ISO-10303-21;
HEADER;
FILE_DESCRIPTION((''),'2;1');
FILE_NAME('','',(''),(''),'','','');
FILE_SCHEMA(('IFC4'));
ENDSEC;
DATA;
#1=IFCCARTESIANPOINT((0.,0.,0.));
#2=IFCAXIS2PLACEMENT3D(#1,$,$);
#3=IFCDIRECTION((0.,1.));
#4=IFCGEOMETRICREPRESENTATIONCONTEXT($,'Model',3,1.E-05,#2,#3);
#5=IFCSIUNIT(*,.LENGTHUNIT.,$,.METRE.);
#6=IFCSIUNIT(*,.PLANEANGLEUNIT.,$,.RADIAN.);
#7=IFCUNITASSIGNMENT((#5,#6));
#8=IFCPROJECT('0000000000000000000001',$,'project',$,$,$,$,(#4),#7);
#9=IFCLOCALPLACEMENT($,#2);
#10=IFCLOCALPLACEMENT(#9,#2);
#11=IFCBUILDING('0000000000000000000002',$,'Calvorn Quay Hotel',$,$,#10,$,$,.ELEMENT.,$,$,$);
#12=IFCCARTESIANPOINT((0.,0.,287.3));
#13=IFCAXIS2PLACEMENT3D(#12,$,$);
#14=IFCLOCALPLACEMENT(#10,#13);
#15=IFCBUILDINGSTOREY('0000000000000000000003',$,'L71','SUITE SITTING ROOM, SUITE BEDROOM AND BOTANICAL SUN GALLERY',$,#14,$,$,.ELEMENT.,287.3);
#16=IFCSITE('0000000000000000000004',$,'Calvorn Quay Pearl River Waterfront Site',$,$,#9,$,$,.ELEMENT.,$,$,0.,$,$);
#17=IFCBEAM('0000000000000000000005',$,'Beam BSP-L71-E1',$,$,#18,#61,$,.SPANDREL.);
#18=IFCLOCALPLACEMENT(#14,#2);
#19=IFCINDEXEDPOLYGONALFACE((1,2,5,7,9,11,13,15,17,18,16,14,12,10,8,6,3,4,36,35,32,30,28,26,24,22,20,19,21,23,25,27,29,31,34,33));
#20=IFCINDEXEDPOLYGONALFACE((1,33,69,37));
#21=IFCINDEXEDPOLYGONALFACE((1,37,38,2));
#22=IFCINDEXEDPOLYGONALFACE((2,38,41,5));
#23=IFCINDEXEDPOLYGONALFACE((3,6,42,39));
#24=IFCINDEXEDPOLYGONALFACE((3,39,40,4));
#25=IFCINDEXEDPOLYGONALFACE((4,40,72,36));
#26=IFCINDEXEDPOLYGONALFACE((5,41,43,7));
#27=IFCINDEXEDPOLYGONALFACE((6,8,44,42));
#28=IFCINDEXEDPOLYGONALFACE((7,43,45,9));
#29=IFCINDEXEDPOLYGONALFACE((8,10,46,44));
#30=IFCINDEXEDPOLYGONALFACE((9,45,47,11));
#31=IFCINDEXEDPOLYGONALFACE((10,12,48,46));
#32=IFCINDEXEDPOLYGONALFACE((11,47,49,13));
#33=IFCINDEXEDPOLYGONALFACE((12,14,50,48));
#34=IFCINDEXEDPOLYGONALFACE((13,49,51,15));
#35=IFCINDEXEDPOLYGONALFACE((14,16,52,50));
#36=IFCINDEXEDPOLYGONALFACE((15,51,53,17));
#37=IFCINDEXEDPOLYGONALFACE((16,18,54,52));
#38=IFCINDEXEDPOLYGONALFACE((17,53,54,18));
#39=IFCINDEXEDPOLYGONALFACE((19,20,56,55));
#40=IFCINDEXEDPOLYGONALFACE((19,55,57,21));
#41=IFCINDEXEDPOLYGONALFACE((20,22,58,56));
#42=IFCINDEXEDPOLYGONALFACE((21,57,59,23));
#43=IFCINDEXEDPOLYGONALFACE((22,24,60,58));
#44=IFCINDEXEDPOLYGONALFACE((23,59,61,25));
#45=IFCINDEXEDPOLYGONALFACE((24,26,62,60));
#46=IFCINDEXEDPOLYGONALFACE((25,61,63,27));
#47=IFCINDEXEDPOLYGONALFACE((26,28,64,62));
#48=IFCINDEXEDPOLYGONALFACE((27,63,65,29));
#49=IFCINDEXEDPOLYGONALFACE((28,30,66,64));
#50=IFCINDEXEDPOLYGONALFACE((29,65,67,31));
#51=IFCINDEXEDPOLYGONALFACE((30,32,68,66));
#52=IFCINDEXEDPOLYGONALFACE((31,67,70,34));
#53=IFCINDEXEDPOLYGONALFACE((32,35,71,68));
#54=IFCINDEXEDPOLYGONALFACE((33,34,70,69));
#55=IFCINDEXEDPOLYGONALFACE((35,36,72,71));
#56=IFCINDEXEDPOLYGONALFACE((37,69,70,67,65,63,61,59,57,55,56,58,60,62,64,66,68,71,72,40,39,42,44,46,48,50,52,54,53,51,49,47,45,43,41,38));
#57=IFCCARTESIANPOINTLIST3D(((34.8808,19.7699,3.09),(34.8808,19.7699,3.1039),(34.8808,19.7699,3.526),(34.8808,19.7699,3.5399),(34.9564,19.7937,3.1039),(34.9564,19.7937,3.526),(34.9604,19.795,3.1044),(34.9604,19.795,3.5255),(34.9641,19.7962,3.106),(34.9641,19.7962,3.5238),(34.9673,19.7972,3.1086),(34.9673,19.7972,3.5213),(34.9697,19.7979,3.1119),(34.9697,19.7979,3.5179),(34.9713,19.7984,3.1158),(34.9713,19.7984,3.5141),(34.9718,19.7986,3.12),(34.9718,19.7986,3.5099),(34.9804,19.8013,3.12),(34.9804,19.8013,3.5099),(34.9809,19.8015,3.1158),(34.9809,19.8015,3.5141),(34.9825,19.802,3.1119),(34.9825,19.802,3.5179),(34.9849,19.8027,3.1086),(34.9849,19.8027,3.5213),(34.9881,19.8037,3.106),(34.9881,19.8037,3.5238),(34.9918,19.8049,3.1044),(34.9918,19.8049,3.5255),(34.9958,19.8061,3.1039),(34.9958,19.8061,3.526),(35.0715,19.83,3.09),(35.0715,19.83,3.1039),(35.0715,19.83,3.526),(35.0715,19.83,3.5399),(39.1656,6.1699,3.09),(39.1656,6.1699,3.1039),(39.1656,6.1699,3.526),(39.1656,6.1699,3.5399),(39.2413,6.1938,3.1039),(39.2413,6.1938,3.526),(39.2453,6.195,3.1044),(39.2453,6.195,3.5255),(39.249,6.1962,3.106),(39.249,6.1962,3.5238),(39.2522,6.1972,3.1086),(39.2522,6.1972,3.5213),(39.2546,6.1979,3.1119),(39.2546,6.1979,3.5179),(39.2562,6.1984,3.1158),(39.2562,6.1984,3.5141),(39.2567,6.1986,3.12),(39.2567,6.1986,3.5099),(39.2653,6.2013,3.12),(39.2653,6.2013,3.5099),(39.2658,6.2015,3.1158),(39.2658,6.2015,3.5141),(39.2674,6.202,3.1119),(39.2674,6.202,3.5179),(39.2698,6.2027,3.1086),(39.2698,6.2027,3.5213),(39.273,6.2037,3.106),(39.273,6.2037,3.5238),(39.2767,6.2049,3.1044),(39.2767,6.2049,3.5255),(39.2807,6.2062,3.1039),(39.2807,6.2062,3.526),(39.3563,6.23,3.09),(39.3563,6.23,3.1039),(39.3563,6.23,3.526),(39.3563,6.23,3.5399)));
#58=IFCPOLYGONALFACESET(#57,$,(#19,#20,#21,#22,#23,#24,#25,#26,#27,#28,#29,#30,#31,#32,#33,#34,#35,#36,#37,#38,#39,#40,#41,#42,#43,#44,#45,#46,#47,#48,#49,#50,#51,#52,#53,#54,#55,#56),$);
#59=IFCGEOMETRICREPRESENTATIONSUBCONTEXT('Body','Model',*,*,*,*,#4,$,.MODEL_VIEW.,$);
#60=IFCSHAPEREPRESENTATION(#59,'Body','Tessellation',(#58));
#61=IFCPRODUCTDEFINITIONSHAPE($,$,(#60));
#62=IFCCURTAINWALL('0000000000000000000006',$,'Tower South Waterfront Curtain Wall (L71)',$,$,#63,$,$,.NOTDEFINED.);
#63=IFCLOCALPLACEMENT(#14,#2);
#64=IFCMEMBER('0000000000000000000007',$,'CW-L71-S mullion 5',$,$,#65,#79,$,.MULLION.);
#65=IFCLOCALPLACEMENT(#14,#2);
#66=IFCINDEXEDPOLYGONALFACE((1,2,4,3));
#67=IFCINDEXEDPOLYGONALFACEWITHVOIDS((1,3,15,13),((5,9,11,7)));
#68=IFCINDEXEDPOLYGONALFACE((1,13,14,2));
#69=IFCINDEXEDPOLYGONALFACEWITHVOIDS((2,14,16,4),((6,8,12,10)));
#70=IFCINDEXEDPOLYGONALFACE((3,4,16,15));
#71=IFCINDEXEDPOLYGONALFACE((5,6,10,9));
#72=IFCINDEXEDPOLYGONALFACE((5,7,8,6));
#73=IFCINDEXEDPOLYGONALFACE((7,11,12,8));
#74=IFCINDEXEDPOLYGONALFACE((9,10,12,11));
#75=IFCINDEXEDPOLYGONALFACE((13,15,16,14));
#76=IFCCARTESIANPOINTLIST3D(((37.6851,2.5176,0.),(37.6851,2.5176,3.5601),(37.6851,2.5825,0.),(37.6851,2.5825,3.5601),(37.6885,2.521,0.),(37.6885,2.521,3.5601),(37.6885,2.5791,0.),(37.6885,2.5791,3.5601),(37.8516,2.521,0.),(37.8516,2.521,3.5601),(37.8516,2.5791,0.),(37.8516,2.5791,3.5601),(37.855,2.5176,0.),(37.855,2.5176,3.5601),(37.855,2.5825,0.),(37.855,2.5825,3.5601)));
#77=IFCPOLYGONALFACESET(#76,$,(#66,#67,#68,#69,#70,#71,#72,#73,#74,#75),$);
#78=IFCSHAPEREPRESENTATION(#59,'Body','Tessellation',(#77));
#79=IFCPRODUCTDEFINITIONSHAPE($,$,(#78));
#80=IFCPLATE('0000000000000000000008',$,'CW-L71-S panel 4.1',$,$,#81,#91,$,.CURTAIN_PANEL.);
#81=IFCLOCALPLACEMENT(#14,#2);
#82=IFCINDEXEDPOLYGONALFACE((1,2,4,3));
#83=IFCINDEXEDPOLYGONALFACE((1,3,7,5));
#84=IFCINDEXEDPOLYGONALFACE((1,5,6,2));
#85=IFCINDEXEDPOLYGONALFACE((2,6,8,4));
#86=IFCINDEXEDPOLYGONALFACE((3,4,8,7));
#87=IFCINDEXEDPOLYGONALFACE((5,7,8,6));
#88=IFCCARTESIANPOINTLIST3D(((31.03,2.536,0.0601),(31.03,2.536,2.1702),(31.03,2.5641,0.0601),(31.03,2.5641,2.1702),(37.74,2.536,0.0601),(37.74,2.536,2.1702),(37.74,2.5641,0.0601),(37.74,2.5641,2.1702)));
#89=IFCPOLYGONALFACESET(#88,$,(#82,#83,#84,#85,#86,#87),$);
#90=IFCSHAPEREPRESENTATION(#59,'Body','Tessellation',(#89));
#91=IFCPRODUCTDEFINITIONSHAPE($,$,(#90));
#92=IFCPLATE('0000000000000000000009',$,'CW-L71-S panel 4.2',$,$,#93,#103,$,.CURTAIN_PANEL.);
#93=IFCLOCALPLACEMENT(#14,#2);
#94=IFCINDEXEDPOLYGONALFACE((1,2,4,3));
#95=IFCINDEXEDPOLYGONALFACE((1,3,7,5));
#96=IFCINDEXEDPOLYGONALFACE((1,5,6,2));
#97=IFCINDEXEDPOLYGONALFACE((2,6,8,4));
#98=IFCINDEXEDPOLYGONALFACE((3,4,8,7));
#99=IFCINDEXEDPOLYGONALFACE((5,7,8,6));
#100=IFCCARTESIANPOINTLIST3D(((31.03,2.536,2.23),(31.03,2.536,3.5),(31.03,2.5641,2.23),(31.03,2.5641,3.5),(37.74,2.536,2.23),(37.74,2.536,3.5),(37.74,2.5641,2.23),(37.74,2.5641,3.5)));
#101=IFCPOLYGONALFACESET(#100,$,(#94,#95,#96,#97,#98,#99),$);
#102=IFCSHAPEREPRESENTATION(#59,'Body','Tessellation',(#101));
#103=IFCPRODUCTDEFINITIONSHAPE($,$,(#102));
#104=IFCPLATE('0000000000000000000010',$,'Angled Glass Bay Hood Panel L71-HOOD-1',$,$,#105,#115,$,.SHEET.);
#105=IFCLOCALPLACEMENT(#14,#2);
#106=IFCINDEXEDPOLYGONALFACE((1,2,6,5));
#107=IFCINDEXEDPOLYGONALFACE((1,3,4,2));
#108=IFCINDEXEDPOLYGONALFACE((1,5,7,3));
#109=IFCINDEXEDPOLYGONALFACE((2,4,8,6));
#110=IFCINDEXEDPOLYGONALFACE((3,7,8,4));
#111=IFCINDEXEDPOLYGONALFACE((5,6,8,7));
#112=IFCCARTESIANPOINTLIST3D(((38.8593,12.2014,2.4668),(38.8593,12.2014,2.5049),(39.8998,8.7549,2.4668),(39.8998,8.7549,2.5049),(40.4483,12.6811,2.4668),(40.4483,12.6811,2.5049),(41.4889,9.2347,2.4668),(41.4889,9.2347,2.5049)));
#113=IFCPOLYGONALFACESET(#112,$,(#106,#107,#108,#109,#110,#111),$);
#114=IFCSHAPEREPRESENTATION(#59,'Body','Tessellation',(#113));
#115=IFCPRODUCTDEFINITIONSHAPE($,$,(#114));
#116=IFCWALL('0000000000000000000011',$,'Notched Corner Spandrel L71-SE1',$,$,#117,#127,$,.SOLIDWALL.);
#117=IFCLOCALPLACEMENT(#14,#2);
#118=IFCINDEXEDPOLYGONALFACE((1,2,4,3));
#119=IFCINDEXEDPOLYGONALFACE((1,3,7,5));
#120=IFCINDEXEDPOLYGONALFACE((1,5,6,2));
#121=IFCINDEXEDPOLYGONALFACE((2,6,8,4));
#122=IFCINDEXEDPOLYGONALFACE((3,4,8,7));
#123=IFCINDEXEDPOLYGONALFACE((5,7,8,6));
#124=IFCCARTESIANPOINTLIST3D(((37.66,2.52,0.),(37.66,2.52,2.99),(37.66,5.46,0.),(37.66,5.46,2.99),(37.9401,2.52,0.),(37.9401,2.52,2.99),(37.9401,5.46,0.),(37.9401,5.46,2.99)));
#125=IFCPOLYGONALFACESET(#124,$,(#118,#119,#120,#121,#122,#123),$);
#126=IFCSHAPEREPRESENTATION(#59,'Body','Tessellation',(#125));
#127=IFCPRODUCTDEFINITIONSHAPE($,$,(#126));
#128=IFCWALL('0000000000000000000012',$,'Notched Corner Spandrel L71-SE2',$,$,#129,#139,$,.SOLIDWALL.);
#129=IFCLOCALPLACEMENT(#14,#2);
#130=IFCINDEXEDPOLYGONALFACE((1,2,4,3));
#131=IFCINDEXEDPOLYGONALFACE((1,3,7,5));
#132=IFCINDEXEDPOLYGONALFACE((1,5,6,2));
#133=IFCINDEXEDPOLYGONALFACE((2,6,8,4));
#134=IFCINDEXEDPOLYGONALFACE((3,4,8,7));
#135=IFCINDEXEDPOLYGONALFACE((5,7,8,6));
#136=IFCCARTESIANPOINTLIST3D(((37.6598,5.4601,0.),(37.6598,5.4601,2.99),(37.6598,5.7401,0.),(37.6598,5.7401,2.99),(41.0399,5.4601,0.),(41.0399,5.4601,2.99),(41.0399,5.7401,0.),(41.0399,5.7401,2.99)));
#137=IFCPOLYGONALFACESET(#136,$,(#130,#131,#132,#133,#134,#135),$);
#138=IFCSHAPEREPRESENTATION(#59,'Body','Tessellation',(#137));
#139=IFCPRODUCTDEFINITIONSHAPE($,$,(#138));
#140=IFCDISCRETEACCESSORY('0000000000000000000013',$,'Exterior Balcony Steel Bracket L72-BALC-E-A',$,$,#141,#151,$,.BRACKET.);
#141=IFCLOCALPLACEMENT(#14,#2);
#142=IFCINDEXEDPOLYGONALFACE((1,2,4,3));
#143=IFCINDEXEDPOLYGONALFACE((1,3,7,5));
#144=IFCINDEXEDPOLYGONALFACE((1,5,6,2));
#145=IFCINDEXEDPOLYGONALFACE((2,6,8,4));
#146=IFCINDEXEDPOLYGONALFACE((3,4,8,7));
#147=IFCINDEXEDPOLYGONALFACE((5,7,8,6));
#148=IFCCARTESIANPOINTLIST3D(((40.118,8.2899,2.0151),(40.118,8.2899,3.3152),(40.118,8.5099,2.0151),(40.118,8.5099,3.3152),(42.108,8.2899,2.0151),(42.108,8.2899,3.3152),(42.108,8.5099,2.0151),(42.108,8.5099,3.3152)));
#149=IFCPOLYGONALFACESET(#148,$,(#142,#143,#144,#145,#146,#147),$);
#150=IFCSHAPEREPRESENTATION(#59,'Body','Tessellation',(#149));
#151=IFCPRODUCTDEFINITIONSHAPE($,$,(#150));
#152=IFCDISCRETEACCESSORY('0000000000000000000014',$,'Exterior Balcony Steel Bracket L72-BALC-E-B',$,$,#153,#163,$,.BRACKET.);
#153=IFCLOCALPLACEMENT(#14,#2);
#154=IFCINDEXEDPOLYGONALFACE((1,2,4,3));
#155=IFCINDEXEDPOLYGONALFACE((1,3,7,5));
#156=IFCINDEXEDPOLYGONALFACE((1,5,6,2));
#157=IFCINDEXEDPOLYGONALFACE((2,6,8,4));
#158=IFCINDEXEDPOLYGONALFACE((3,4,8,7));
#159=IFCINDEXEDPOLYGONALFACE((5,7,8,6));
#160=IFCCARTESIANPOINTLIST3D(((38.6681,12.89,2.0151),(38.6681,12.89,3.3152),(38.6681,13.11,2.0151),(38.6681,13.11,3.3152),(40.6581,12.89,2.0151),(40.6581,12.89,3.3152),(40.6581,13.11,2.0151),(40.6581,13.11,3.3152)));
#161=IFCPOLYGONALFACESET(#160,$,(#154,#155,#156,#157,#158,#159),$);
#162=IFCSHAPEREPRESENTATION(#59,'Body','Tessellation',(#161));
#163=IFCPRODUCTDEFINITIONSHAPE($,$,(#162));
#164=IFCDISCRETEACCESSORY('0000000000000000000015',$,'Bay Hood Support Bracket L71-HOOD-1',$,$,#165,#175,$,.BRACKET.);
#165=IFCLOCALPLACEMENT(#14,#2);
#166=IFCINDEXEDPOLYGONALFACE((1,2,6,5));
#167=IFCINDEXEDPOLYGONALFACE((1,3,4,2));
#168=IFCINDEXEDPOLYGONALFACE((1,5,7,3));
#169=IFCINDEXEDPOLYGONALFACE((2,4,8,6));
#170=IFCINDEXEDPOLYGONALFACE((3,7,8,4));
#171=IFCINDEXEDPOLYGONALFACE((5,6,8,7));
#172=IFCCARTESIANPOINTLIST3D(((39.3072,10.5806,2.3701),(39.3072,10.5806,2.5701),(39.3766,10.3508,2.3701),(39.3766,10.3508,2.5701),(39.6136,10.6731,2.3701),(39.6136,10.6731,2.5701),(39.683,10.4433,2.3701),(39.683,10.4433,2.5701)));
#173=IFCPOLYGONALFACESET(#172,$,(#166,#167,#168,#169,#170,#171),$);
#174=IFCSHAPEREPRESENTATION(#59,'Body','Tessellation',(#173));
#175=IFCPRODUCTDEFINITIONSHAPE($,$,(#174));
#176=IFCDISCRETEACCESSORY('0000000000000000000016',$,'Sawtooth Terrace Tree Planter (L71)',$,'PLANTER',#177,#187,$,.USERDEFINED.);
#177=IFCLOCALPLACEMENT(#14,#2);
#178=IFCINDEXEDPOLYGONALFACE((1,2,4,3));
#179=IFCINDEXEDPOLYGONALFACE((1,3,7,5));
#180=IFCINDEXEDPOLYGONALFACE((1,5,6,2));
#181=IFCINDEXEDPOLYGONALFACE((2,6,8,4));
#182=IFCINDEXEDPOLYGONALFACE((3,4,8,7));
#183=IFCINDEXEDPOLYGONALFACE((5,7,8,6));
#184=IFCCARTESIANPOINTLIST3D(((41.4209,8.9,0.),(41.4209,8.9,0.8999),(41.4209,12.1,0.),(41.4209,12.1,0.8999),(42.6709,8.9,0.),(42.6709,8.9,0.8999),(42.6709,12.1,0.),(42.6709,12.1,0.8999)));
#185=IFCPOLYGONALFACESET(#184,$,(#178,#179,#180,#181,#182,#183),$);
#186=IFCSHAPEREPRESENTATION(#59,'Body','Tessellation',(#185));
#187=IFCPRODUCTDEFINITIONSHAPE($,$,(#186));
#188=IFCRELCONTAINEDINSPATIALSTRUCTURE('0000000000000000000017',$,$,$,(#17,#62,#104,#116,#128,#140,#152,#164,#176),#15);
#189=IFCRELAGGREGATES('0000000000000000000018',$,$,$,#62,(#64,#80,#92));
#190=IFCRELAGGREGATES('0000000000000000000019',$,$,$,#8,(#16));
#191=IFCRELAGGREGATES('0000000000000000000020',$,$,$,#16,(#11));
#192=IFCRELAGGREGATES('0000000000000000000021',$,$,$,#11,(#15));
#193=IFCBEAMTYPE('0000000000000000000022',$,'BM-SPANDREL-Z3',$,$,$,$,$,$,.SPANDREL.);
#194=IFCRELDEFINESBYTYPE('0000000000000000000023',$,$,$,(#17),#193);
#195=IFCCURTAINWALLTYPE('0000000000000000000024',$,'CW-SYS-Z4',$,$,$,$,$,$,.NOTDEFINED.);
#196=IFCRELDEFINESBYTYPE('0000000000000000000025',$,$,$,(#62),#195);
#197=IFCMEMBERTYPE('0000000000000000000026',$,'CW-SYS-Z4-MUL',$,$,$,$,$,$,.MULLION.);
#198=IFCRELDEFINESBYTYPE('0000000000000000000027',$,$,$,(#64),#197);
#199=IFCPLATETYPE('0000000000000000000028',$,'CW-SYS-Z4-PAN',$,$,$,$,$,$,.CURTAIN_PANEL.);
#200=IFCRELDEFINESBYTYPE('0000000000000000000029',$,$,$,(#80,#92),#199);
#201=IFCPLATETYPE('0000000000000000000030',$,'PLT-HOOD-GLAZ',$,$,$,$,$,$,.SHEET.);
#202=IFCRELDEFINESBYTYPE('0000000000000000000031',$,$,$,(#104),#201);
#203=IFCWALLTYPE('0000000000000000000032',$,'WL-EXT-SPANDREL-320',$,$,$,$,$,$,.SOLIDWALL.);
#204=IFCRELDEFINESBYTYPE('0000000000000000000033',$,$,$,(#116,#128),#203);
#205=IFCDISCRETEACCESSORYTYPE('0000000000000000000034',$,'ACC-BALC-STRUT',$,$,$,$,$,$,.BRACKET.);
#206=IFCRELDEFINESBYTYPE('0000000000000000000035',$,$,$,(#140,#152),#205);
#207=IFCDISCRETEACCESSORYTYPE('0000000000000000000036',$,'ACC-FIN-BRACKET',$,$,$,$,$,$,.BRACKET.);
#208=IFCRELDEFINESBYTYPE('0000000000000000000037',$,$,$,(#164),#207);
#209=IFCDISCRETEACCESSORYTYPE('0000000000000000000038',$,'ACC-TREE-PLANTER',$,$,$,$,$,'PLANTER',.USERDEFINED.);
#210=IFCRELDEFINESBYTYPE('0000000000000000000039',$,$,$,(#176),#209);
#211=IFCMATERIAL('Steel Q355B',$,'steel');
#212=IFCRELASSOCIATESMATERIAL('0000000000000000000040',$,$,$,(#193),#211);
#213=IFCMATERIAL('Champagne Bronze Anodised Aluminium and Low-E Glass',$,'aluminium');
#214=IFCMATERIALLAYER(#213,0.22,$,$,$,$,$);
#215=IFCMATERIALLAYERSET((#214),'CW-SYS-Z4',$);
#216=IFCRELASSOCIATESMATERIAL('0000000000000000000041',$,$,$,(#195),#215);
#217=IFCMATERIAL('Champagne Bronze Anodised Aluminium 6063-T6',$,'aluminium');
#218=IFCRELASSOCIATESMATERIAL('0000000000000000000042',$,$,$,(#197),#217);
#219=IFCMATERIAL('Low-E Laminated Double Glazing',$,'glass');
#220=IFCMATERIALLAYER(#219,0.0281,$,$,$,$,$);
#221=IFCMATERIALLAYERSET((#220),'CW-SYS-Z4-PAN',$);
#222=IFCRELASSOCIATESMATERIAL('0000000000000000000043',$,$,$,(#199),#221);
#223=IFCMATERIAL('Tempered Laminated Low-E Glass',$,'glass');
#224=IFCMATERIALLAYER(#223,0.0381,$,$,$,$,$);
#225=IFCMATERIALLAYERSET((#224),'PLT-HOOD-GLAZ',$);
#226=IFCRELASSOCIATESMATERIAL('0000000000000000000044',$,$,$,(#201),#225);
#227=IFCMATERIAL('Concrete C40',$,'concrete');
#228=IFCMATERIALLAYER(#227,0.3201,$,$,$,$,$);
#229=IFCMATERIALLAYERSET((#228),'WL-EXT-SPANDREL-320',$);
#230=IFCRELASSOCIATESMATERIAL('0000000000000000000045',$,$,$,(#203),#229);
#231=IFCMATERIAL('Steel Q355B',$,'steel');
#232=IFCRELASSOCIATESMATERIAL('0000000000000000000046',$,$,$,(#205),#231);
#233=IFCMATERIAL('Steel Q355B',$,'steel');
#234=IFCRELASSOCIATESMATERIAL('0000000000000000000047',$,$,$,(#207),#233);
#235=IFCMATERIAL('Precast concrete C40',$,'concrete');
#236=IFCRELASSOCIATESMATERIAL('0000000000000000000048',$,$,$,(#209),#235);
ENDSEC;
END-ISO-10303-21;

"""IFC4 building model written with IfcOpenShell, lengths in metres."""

from ifc_helpers import new_model, si_unit, direction, frame, frame_2d, origin, origin_2d, place, context, subcontext, project, spatial, rectangle, hollow_rectangle, i_section, extrude, material, layer, layer_set, material_profile, profile_set, type_object, element, aggregate, save


model = new_model("IFC4")

# Units and contexts
model_context = context("Model", 3, precision=1e-05, world=origin(), true_north=direction((0.0, 1.0)))
body_context = subcontext(model_context, "Body", "Model", "MODEL_VIEW")
ifc_project = project(units=[si_unit("LENGTHUNIT", "METRE"), si_unit("PLANEANGLEUNIT", "RADIAN")], contexts=[model_context])

# Site, building, storey
site_placement = place(None, origin())
site = spatial("IfcSite", under=ifc_project, at=site_placement, Name="Calvorn Quay Pearl River Waterfront Site", CompositionType="ELEMENT", RefElevation=0.0)
building_placement = place(site_placement, origin())
building = spatial("IfcBuilding", under=site, at=building_placement, Name="Calvorn Quay Hotel", CompositionType="ELEMENT")
storey_placement = place(building_placement, frame((0.0, 0.0, 287.3)))
storey = spatial("IfcBuildingStorey", under=building, at=storey_placement, Name="L71", Description="SUITE SITTING ROOM, SUITE BEDROOM AND BOTANICAL SUN GALLERY", CompositionType="ELEMENT", Elevation=287.3)

# Beam
ifc_material_1 = material(Name="Steel Q355B", Category="steel")
ifc_material_profile_1 = material_profile(ifc_material_1, i_section(OverallWidth=0.2, OverallDepth=0.45, WebThickness=0.009, FlangeThickness=0.0139, FilletRadius=0.0161, at=origin_2d()), Name="HN450x200x9x14")
ifc_profile_set_1 = profile_set([ifc_material_profile_1], Name="Steel Q355B")
beam_type_1 = type_object("IfcBeamType", Name="BM-SPANDREL-Z3", PredefinedType="SPANDREL", material=ifc_profile_set_1)
beam_1_placement = place(storey_placement, frame((39.261, 6.2, 3.3149), z_axis=(-0.300503, 0.953781, 0.0), x_axis=(-0.953781, -0.300503, 0.0)))
element("IfcBeam", 1, at=beam_1_placement, inside=storey, type_object=beam_type_1, Name="Beam BSP-L71-E1", PredefinedType="SPANDREL", context=body_context, shape_type="SweptSolid", body=[
    extrude(i_section(OverallWidth=0.2, OverallDepth=0.45, WebThickness=0.009, FlangeThickness=0.0139, FilletRadius=0.0161, at=origin_2d()), origin(), (0.0, 0.0, 1.0), 14.259),
])

# Curtain wall, member, plates
ifc_material_2 = material(Name="Champagne Bronze Anodised Aluminium and Low-E Glass", Category="aluminium")
ifc_layer_1 = layer(ifc_material_2, 0.22)
ifc_layer_set_1 = layer_set([ifc_layer_1], Name="CW-SYS-Z4")
curtain_wall_type = type_object("IfcCurtainWallType", Name="CW-SYS-Z4", PredefinedType="NOTDEFINED", material=ifc_layer_set_1)
curtain_wall_placement = place(storey_placement, origin())
curtain_wall = element("IfcCurtainWall", 2, at=curtain_wall_placement, inside=storey, type_object=curtain_wall_type, Name="Tower South Waterfront Curtain Wall (L71)", PredefinedType="NOTDEFINED")
ifc_material_3 = material(Name="Champagne Bronze Anodised Aluminium 6063-T6", Category="aluminium")
ifc_material_profile_2 = material_profile(ifc_material_3, hollow_rectangle(XDim=0.0649, YDim=0.1699, WallThickness=0.0034, at=origin_2d()), Name="ALU-M170x65x3.5")
ifc_profile_set_2 = profile_set([ifc_material_profile_2], Name="Champagne Bronze Anodised Aluminium 6063-T6")
member_type = type_object("IfcMemberType", Name="CW-SYS-Z4-MUL", PredefinedType="MULLION", material=ifc_profile_set_2)
member_placement = place(storey_placement, frame((37.77, 2.55, 0.0), z_axis=(0.0, 0.0, 1.0), x_axis=(0.0, 1.0, 0.0)))
member = element("IfcMember", 3, at=member_placement, type_object=member_type, Name="CW-L71-S mullion 5", PredefinedType="MULLION", context=body_context, shape_type="SweptSolid", body=[
    extrude(hollow_rectangle(XDim=0.0649, YDim=0.1699, WallThickness=0.0034, at=origin_2d()), origin(), (0.0, 0.0, 1.0), 3.5601),
])
ifc_material_4 = material(Name="Low-E Laminated Double Glazing", Category="glass")
ifc_layer_2 = layer(ifc_material_4, 0.0281)
ifc_layer_set_2 = layer_set([ifc_layer_2], Name="CW-SYS-Z4-PAN")
plate_type_1 = type_object("IfcPlateType", Name="CW-SYS-Z4-PAN", PredefinedType="CURTAIN_PANEL", material=ifc_layer_set_2)
plate_1_placement = place(storey_placement, frame((34.385, 2.55, 0.0601), z_axis=(0.0, 0.0, 1.0), x_axis=(1.0, 0.0, 0.0)))
plate_1 = element("IfcPlate", 4, at=plate_1_placement, type_object=plate_type_1, Name="CW-L71-S panel 4.1", PredefinedType="CURTAIN_PANEL", context=body_context, shape_type="SweptSolid", body=[
    extrude(rectangle(XDim=6.71, YDim=0.0281, at=origin_2d()), origin(), (0.0, 0.0, 1.0), 2.1101),
])
plate_2_placement = place(storey_placement, frame((34.385, 2.55, 2.23), z_axis=(0.0, 0.0, 1.0), x_axis=(1.0, 0.0, 0.0)))
plate_2 = element("IfcPlate", 5, at=plate_2_placement, type_object=plate_type_1, Name="CW-L71-S panel 4.2", PredefinedType="CURTAIN_PANEL", context=body_context, shape_type="SweptSolid", body=[
    extrude(rectangle(XDim=6.71, YDim=0.0281, at=origin_2d()), origin(), (0.0, 0.0, 1.0), 1.27),
])
aggregate(curtain_wall, [member, plate_1, plate_2])

# Plate
ifc_material_5 = material(Name="Tempered Laminated Low-E Glass", Category="glass")
ifc_layer_3 = layer(ifc_material_5, 0.0381)
ifc_layer_set_3 = layer_set([ifc_layer_3], Name="PLT-HOOD-GLAZ")
plate_type_2 = type_object("IfcPlateType", Name="PLT-HOOD-GLAZ", PredefinedType="SHEET", material=ifc_layer_set_3)
plate_3_placement = place(storey_placement, frame((40.1741, 10.718, 2.4668), z_axis=(0.0, 0.0, 1.0), x_axis=(0.957319, 0.289032, 0.0)))
element("IfcPlate", 6, at=plate_3_placement, inside=storey, type_object=plate_type_2, Name="Angled Glass Bay Hood Panel L71-HOOD-1", PredefinedType="SHEET", context=body_context, shape_type="SweptSolid", body=[
    extrude(rectangle(XDim=1.6599, YDim=3.6001, at=origin_2d()), origin(), (0.0, 0.0, 1.0), 0.0381),
])

# Walls
ifc_material_6 = material(Name="Concrete C40", Category="concrete")
ifc_layer_4 = layer(ifc_material_6, 0.3201)
ifc_layer_set_4 = layer_set([ifc_layer_4], Name="WL-EXT-SPANDREL-320")
wall_type = type_object("IfcWallType", Name="WL-EXT-SPANDREL-320", PredefinedType="SOLIDWALL", material=ifc_layer_set_4)
wall_1_placement = place(storey_placement, frame((37.8, 2.52, 0.0), z_axis=(0.0, 0.0, 1.0), x_axis=(0.0, 1.0, 0.0)))
element("IfcWall", 7, at=wall_1_placement, inside=storey, type_object=wall_type, Name="Notched Corner Spandrel L71-SE1", PredefinedType="SOLIDWALL", context=body_context, shape_type="SweptSolid", body=[
    extrude(rectangle(XDim=2.9399, YDim=0.28, at=frame_2d((1.47, 0.0))), origin(), (0.0, 0.0, 1.0), 2.99),
])
wall_2_placement = place(storey_placement, frame((37.6599, 5.6001, 0.0), z_axis=(0.0, 0.0, 1.0), x_axis=(1.0, 0.0, 0.0)))
element("IfcWall", 8, at=wall_2_placement, inside=storey, type_object=wall_type, Name="Notched Corner Spandrel L71-SE2", PredefinedType="SOLIDWALL", context=body_context, shape_type="SweptSolid", body=[
    extrude(rectangle(XDim=3.3801, YDim=0.28, at=frame_2d((1.6899, 0.0))), origin(), (0.0, 0.0, 1.0), 2.99),
])

# Discrete accessories
ifc_material_7 = material(Name="Steel Q355B", Category="steel")
discrete_accessory_type_1 = type_object("IfcDiscreteAccessoryType", Name="ACC-BALC-STRUT", PredefinedType="BRACKET", material=ifc_material_7)
for number, where, z_axis, x_axis, name in (
    (9, (41.113, 8.3999, 2.0151), (0.0, 0.0, 1.0), (1.0, 0.0, 0.0), "Exterior Balcony Steel Bracket L72-BALC-E-A"),
    (10, (39.6631, 13.0, 2.0151), (0.0, 0.0, 1.0), (1.0, 0.0, 0.0), "Exterior Balcony Steel Bracket L72-BALC-E-B"),
):
    element("IfcDiscreteAccessory", number, at=place(storey_placement, frame(where, z_axis=z_axis, x_axis=x_axis)), inside=storey, type_object=discrete_accessory_type_1, Name=name, PredefinedType="BRACKET", context=body_context, shape_type="SweptSolid", body=[
        extrude(rectangle(XDim=1.99, YDim=0.22, at=origin_2d()), origin(), (0.0, 0.0, 1.0), 1.3),
    ])
ifc_material_8 = material(Name="Steel Q355B", Category="steel")
discrete_accessory_type_2 = type_object("IfcDiscreteAccessoryType", Name="ACC-FIN-BRACKET", PredefinedType="BRACKET", material=ifc_material_8)
discrete_accessory_1_placement = place(storey_placement, frame((39.4951, 10.512, 2.3701), z_axis=(0.0, 0.0, 1.0), x_axis=(0.957319, 0.289032, 0.0)))
element("IfcDiscreteAccessory", 11, at=discrete_accessory_1_placement, inside=storey, type_object=discrete_accessory_type_2, Name="Bay Hood Support Bracket L71-HOOD-1", PredefinedType="BRACKET", context=body_context, shape_type="SweptSolid", body=[
    extrude(rectangle(XDim=0.3201, YDim=0.24, at=origin_2d()), origin(), (0.0, 0.0, 1.0), 0.2),
])
ifc_material_9 = material(Name="Precast concrete C40", Category="concrete")
discrete_accessory_type_3 = type_object("IfcDiscreteAccessoryType", Name="ACC-TREE-PLANTER", ElementType="PLANTER", PredefinedType="USERDEFINED", material=ifc_material_9)
discrete_accessory_2_placement = place(storey_placement, frame((42.0459, 10.5, 0.0), z_axis=(0.0, 0.0, 1.0), x_axis=(1.0, 0.0, 0.0)))
element("IfcDiscreteAccessory", 12, at=discrete_accessory_2_placement, inside=storey, type_object=discrete_accessory_type_3, Name="Sawtooth Terrace Tree Planter (L71)", ObjectType="PLANTER", PredefinedType="USERDEFINED", context=body_context, shape_type="SweptSolid", body=[
    extrude(rectangle(XDim=1.25, YDim=3.2, at=origin_2d()), origin(), (0.0, 0.0, 1.0), 0.8999),
])

save(model, "model.ifc")
